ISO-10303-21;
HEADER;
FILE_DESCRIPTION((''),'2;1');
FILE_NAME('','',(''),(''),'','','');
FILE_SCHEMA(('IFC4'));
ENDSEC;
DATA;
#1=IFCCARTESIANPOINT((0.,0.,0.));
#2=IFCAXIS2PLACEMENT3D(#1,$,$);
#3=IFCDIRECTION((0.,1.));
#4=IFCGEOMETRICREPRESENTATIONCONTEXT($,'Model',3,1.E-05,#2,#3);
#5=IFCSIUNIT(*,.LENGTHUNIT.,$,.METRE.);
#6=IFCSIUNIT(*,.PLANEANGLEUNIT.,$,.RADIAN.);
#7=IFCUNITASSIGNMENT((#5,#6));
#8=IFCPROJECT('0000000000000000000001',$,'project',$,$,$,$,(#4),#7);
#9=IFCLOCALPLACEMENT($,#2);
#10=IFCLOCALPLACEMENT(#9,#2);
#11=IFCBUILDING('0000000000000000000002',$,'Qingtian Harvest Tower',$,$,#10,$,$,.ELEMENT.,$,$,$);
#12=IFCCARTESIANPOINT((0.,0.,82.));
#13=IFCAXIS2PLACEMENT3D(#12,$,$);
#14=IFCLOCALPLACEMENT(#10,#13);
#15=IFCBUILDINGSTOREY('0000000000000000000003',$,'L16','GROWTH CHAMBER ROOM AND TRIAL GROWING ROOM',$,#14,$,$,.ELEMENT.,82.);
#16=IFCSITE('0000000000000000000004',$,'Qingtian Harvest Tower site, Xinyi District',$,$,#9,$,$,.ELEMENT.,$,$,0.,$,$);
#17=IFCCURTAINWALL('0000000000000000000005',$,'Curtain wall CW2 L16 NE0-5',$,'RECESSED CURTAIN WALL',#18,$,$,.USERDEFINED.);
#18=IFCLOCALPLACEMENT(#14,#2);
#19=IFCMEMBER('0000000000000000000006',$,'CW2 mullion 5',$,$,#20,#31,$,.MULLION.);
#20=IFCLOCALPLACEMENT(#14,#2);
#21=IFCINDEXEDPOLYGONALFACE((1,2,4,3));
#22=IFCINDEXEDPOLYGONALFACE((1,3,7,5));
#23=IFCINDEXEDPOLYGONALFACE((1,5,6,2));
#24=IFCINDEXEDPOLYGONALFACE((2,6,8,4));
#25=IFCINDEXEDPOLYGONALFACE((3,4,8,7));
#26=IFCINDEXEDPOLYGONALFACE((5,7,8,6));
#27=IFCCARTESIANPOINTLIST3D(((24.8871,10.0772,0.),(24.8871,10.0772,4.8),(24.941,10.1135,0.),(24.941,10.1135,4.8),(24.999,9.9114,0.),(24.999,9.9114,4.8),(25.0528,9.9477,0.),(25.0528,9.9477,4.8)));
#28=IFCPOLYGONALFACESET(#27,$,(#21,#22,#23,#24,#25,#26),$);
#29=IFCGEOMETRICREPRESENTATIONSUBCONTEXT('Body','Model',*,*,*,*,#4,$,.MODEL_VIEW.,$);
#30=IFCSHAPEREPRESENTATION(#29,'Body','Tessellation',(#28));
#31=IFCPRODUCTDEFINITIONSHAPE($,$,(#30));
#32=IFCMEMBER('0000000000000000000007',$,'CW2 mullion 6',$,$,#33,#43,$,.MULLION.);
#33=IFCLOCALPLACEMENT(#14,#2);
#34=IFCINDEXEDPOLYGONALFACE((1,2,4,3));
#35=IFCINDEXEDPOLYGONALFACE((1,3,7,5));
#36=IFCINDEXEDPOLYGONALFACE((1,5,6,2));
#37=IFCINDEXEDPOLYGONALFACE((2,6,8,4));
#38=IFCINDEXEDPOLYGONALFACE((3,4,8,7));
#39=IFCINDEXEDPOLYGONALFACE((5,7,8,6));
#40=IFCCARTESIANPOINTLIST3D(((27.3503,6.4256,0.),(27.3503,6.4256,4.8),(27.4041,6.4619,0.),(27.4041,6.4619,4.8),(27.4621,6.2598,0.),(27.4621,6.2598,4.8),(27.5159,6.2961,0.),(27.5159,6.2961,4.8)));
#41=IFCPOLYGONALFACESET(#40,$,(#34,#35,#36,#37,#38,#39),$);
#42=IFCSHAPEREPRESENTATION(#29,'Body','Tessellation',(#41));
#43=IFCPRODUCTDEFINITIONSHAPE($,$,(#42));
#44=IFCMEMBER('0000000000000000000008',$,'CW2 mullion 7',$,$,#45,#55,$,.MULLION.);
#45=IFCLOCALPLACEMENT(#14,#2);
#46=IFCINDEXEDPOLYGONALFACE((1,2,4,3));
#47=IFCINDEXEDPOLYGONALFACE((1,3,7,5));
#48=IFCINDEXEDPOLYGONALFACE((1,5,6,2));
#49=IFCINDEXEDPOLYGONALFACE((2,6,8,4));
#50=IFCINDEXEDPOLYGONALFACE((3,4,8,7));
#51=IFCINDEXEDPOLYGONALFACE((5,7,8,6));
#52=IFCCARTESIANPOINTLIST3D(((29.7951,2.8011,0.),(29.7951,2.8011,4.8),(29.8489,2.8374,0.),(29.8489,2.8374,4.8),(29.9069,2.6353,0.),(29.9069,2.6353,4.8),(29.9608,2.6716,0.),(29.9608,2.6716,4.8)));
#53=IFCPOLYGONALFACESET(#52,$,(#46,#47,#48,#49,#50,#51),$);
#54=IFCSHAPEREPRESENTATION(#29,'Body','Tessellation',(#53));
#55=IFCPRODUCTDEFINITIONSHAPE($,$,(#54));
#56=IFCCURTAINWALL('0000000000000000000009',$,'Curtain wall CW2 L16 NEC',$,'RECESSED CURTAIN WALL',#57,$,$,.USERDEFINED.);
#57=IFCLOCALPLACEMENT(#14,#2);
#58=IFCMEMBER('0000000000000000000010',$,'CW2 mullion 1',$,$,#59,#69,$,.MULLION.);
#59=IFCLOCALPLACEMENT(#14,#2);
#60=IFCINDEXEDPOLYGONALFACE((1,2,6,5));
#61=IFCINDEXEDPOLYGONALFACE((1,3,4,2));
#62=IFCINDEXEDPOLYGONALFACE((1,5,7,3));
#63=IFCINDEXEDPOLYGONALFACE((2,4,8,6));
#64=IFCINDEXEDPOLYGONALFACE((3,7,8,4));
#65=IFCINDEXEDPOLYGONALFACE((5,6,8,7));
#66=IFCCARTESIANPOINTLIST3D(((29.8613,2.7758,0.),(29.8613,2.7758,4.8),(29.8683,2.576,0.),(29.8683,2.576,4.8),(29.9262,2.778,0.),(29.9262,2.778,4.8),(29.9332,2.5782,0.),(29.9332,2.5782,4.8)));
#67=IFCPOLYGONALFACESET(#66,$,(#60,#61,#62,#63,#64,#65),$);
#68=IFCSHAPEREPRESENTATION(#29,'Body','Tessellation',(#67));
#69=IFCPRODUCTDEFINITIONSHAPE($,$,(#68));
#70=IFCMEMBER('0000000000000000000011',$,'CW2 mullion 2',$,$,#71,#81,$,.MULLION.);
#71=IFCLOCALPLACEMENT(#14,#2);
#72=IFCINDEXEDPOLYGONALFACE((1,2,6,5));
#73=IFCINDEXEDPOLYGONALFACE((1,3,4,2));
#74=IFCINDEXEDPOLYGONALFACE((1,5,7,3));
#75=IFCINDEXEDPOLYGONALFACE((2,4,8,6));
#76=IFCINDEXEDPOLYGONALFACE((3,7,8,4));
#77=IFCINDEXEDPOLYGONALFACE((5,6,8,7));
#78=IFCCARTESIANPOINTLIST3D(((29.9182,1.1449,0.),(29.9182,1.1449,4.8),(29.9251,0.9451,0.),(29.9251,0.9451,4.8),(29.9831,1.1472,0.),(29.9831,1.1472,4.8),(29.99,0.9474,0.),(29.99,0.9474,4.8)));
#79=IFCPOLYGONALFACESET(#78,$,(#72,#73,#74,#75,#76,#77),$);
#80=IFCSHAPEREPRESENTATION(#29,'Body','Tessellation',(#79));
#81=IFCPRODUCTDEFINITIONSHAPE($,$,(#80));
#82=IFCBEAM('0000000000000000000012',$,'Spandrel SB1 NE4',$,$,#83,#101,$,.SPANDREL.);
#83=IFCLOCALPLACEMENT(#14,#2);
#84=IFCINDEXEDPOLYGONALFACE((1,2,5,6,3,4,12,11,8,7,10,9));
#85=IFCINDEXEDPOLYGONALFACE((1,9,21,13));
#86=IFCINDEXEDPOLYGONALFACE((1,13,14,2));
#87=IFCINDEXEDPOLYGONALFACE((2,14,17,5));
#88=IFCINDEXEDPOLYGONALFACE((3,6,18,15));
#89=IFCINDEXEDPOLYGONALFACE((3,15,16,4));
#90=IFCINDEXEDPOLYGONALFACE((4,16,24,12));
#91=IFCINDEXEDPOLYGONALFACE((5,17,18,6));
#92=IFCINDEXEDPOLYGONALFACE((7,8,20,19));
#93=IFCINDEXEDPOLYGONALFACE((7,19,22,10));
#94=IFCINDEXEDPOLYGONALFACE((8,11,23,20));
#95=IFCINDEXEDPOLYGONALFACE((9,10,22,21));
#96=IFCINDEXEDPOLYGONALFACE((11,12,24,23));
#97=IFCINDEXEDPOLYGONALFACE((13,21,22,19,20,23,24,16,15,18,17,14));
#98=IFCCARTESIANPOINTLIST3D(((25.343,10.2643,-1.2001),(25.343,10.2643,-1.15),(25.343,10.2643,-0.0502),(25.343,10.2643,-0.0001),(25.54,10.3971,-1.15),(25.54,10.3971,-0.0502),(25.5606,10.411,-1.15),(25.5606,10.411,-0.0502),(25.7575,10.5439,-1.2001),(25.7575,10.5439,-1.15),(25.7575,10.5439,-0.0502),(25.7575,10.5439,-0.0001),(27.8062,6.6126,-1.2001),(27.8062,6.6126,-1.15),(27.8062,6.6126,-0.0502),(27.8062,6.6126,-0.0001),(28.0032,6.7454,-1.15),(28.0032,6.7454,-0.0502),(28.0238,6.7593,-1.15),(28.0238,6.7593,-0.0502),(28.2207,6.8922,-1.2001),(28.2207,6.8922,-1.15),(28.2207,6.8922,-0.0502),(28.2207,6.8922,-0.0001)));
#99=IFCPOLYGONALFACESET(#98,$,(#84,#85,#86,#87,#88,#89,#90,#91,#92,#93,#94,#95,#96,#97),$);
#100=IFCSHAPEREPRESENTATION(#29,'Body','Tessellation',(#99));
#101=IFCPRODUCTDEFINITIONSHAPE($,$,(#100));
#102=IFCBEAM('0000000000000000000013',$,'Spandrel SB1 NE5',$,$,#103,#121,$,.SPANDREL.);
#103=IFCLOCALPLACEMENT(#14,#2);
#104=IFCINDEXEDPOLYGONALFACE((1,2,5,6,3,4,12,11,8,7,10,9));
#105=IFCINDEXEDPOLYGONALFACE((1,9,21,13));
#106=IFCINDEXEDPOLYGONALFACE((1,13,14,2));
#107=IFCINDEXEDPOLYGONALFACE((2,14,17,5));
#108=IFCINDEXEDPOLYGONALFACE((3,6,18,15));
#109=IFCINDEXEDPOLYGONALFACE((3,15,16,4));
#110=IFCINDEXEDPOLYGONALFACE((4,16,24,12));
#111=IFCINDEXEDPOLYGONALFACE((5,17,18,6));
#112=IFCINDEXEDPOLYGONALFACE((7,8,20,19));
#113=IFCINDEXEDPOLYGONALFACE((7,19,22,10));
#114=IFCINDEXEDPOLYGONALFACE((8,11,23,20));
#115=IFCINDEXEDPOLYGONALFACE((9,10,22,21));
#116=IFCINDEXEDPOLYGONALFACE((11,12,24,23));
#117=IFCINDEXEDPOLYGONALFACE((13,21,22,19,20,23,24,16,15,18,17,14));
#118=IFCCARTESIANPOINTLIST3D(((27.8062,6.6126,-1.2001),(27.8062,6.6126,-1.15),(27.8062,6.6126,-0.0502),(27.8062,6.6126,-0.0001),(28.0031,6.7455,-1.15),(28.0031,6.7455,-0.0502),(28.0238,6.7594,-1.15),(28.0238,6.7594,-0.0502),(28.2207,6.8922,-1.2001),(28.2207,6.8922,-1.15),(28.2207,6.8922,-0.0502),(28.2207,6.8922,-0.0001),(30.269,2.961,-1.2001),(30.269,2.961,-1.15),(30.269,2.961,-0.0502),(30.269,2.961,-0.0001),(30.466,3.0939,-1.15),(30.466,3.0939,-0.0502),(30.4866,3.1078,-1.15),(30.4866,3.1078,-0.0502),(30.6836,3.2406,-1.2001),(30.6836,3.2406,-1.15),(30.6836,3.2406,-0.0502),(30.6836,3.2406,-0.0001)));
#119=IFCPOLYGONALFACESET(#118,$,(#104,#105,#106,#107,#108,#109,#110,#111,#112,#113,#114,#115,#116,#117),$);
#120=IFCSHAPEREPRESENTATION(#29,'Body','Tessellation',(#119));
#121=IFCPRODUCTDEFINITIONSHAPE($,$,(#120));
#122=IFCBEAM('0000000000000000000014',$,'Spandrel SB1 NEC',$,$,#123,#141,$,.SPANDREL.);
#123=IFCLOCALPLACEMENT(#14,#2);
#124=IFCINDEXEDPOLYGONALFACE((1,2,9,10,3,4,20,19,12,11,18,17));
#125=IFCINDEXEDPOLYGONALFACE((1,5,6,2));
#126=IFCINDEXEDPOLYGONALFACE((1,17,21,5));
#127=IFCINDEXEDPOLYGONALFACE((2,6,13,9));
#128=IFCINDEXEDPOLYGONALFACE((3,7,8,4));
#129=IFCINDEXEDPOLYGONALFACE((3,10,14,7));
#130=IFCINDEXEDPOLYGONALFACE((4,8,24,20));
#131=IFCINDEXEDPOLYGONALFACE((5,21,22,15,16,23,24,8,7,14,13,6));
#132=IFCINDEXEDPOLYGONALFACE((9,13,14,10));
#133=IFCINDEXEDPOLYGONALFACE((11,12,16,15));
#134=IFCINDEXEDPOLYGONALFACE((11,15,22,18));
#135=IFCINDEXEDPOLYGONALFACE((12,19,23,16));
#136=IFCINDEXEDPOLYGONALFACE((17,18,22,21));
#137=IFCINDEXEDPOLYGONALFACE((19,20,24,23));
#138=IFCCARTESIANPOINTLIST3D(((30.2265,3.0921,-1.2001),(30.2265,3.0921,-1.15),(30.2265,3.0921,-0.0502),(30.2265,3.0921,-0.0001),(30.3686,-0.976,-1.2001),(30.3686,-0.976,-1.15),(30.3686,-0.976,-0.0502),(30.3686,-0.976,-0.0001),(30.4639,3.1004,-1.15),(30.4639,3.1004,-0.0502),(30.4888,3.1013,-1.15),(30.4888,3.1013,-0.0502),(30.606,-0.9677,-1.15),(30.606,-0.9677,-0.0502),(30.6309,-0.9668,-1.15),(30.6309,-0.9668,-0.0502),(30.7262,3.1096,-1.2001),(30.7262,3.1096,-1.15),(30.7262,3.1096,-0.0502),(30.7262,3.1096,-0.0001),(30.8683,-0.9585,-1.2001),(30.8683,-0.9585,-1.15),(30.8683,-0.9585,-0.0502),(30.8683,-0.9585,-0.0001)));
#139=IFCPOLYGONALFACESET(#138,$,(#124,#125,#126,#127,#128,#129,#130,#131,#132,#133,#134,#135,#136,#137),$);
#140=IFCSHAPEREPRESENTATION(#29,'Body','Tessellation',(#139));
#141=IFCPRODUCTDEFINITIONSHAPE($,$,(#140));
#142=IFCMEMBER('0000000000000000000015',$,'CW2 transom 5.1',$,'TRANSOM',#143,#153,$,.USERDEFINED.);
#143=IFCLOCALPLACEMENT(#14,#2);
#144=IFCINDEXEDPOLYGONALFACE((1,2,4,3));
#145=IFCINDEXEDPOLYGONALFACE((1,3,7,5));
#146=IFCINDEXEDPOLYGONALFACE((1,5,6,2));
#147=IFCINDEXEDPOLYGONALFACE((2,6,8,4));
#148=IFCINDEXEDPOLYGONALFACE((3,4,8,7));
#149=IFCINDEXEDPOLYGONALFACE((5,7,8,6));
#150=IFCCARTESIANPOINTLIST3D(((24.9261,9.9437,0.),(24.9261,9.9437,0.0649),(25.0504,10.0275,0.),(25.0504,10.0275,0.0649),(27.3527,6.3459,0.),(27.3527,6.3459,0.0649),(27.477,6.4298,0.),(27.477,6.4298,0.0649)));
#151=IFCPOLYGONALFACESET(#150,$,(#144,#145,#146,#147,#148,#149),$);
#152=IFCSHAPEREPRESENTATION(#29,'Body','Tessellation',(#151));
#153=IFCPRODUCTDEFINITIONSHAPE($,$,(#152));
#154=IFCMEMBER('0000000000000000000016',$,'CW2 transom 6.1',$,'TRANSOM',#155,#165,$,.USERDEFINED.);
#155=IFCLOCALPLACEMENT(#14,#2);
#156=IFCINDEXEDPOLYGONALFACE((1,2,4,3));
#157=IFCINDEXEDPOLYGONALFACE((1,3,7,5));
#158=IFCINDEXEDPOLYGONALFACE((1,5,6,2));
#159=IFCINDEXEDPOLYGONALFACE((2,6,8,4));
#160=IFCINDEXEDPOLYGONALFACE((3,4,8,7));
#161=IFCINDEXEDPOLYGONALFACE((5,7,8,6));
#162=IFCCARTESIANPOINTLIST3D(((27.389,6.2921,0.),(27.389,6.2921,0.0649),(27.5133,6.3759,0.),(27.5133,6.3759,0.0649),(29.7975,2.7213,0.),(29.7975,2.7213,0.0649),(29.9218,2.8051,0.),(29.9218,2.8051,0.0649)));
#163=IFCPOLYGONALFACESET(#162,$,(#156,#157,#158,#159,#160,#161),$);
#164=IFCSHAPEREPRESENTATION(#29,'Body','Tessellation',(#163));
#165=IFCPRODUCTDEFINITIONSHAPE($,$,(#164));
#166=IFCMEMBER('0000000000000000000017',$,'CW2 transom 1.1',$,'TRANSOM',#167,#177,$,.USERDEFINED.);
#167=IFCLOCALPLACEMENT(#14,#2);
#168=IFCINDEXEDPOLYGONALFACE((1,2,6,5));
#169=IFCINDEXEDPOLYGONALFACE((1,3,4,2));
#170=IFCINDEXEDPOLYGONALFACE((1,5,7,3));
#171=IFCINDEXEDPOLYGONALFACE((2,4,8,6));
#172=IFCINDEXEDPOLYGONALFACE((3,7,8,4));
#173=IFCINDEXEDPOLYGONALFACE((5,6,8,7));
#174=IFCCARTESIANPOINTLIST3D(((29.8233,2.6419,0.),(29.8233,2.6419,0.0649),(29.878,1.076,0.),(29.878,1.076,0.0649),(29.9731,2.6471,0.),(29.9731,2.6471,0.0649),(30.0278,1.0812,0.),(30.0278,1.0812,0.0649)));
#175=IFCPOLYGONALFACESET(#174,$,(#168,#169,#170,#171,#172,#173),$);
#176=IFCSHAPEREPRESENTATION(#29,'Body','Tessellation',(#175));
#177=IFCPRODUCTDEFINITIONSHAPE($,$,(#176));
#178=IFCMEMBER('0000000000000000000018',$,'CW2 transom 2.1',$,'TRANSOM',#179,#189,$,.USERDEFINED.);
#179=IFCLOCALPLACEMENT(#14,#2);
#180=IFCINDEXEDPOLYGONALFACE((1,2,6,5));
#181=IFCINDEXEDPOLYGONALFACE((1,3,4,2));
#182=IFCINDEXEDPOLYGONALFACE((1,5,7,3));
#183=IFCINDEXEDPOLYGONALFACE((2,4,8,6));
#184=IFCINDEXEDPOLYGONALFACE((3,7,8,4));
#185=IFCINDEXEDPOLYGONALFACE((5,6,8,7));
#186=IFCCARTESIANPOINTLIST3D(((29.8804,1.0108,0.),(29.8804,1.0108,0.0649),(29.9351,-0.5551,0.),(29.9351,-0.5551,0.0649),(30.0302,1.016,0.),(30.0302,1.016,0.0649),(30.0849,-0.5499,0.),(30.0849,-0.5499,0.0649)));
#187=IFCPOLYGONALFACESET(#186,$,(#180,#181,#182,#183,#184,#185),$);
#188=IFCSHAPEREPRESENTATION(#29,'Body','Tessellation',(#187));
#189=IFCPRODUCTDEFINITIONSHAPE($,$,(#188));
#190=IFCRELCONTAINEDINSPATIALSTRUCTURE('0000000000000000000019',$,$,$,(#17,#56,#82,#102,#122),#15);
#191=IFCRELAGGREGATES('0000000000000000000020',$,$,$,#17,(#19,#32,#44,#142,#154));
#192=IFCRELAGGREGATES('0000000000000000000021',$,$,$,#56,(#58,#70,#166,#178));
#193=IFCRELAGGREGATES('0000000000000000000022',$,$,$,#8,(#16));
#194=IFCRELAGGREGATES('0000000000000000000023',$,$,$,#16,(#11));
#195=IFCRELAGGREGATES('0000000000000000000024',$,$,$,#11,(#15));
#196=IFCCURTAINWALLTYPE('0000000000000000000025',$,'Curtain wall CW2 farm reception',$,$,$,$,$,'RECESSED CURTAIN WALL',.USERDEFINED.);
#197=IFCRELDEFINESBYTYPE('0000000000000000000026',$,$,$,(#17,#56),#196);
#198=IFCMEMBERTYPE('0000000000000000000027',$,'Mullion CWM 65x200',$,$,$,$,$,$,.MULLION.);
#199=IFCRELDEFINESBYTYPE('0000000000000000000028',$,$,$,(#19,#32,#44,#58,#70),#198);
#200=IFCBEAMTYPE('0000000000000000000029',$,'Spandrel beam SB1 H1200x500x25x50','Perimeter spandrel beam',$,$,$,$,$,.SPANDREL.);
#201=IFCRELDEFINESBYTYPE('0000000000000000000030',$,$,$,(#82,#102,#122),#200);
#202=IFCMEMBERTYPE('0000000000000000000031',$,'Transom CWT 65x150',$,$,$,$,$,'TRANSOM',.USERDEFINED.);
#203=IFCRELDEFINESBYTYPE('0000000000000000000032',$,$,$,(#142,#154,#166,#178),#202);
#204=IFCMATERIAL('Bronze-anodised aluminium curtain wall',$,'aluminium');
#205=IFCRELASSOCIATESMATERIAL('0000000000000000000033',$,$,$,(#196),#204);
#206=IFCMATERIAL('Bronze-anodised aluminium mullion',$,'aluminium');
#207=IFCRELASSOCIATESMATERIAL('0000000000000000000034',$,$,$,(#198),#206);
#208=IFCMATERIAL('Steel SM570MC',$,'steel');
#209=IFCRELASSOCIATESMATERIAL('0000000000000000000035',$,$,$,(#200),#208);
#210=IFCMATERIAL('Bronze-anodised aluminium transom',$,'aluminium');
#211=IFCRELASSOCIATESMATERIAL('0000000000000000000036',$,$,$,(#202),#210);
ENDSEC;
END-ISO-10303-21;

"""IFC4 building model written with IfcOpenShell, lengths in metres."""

from ifc_helpers import new_model, si_unit, direction, frame, origin, origin_2d, place, context, subcontext, project, spatial, rectangle, i_section, extrude, material, material_profile, profile_set, type_object, element, aggregate, save


model = new_model("IFC4")

# Units and contexts
model_context = context("Model", 3, precision=1e-05, world=origin(), true_north=direction((0.0, 1.0)))
body_context = subcontext(model_context, "Body", "Model", "MODEL_VIEW")
ifc_project = project(units=[si_unit("LENGTHUNIT", "METRE"), si_unit("PLANEANGLEUNIT", "RADIAN")], contexts=[model_context])

# Site, building, storey
site_placement = place(None, origin())
site = spatial("IfcSite", under=ifc_project, at=site_placement, Name="Qingtian Harvest Tower site, Xinyi District", CompositionType="ELEMENT", RefElevation=0.0)
building_placement = place(site_placement, origin())
building = spatial("IfcBuilding", under=site, at=building_placement, Name="Qingtian Harvest Tower", CompositionType="ELEMENT")
storey_placement = place(building_placement, frame((0.0, 0.0, 82.0)))
storey = spatial("IfcBuildingStorey", under=building, at=storey_placement, Name="L16", Description="GROWTH CHAMBER ROOM AND TRIAL GROWING ROOM", CompositionType="ELEMENT", Elevation=82.0)

# Curtain walls, members
ifc_material_1 = material(Name="Bronze-anodised aluminium curtain wall", Category="aluminium")
curtain_wall_type = type_object("IfcCurtainWallType", Name="Curtain wall CW2 farm reception", ElementType="RECESSED CURTAIN WALL", PredefinedType="USERDEFINED", material=ifc_material_1)
curtain_wall_1_placement = place(storey_placement, origin())
curtain_wall_1 = element("IfcCurtainWall", 1, at=curtain_wall_1_placement, inside=storey, type_object=curtain_wall_type, Name="Curtain wall CW2 L16 NE0-5", ObjectType="RECESSED CURTAIN WALL", PredefinedType="USERDEFINED")
ifc_material_2 = material(Name="Bronze-anodised aluminium mullion", Category="aluminium")
ifc_material_profile_1 = material_profile(ifc_material_2, rectangle(XDim=0.0649, YDim=0.2, at=origin_2d()), Name="AL 65x200")
ifc_profile_set_1 = profile_set([ifc_material_profile_1], Name="Bronze-anodised aluminium mullion")
member_type_1 = type_object("IfcMemberType", Name="Mullion CWM 65x200", PredefinedType="MULLION", material=ifc_profile_set_1)
member_1_placement = place(storey_placement, frame((24.97, 10.0125, 0.0), z_axis=(0.0, 0.0, 1.0), x_axis=(0.829038, 0.559193, 0.0)))
member_1 = element("IfcMember", 2, at=member_1_placement, type_object=member_type_1, Name="CW2 mullion 5", PredefinedType="MULLION", context=body_context, shape_type="SweptSolid", body=[
    extrude(rectangle(XDim=0.0649, YDim=0.2, at=origin_2d()), origin(), (0.0, 0.0, 1.0), 4.8),
])
member_2_placement = place(storey_placement, frame((27.4331, 6.3608, 0.0), z_axis=(0.0, 0.0, 1.0), x_axis=(0.829038, 0.559193, 0.0)))
member_2 = element("IfcMember", 3, at=member_2_placement, type_object=member_type_1, Name="CW2 mullion 6", PredefinedType="MULLION", context=body_context, shape_type="SweptSolid", body=[
    extrude(rectangle(XDim=0.0649, YDim=0.2, at=origin_2d()), origin(), (0.0, 0.0, 1.0), 4.8),
])
member_3_placement = place(storey_placement, frame((29.8779, 2.7363, 0.0), z_axis=(0.0, 0.0, 1.0), x_axis=(0.829038, 0.559193, 0.0)))
member_3 = element("IfcMember", 4, at=member_3_placement, type_object=member_type_1, Name="CW2 mullion 7", PredefinedType="MULLION", context=body_context, shape_type="SweptSolid", body=[
    extrude(rectangle(XDim=0.0649, YDim=0.2, at=origin_2d()), origin(), (0.0, 0.0, 1.0), 4.8),
])
curtain_wall_2_placement = place(storey_placement, origin())
curtain_wall_2 = element("IfcCurtainWall", 5, at=curtain_wall_2_placement, inside=storey, type_object=curtain_wall_type, Name="Curtain wall CW2 L16 NEC", ObjectType="RECESSED CURTAIN WALL", PredefinedType="USERDEFINED")
member_4_placement = place(storey_placement, frame((29.8972, 2.677, 0.0), z_axis=(0.0, 0.0, 1.0), x_axis=(0.999391, 0.034899, 0.0)))
member_4 = element("IfcMember", 6, at=member_4_placement, type_object=member_type_1, Name="CW2 mullion 1", PredefinedType="MULLION", context=body_context, shape_type="SweptSolid", body=[
    extrude(rectangle(XDim=0.0649, YDim=0.2, at=origin_2d()), origin(), (0.0, 0.0, 1.0), 4.8),
])
member_5_placement = place(storey_placement, frame((29.9541, 1.0461, 0.0), z_axis=(0.0, 0.0, 1.0), x_axis=(0.999391, 0.034899, 0.0)))
member_5 = element("IfcMember", 7, at=member_5_placement, type_object=member_type_1, Name="CW2 mullion 2", PredefinedType="MULLION", context=body_context, shape_type="SweptSolid", body=[
    extrude(rectangle(XDim=0.0649, YDim=0.2, at=origin_2d()), origin(), (0.0, 0.0, 1.0), 4.8),
])

# Beams
ifc_material_3 = material(Name="Steel SM570MC", Category="steel")
ifc_material_profile_2 = material_profile(ifc_material_3, i_section(OverallWidth=0.5, OverallDepth=1.2, WebThickness=0.0249, FlangeThickness=0.05, at=origin_2d()), Name="H1200x500x25x50")
ifc_profile_set_2 = profile_set([ifc_material_profile_2], Name="Steel SM570MC")
beam_type_1 = type_object("IfcBeamType", Name="Spandrel beam SB1 H1200x500x25x50", Description="Perimeter spandrel beam", PredefinedType="SPANDREL", material=ifc_profile_set_2)
beam_1_placement = place(storey_placement, frame((25.5503, 10.4041, -0.6001), z_axis=(0.559207, -0.829028, 0.0), x_axis=(0.829028, 0.559207, 0.0)))
element("IfcBeam", 8, at=beam_1_placement, inside=storey, type_object=beam_type_1, Name="Spandrel SB1 NE4", PredefinedType="SPANDREL", context=body_context, shape_type="SweptSolid", body=[
    extrude(i_section(OverallWidth=0.5, OverallDepth=1.2, WebThickness=0.0249, FlangeThickness=0.05, at=origin_2d()), origin(), (0.0, 0.0, 1.0), 4.4048),
])
beam_2_placement = place(storey_placement, frame((28.0134, 6.7524, -0.6001), z_axis=(0.559169, -0.829054, 0.0), x_axis=(0.829054, 0.559169, 0.0)))
element("IfcBeam", 9, at=beam_2_placement, inside=storey, type_object=beam_type_1, Name="Spandrel SB1 NE5", PredefinedType="SPANDREL", context=body_context, shape_type="SweptSolid", body=[
    extrude(i_section(OverallWidth=0.5, OverallDepth=1.2, WebThickness=0.0249, FlangeThickness=0.05, at=origin_2d()), origin(), (0.0, 0.0, 1.0), 4.4045),
])
beam_3_placement = place(storey_placement, frame((30.4763, 3.1008, -0.6001), z_axis=(0.034906, -0.999391, 0.0), x_axis=(0.999391, 0.034906, 0.0)))
element("IfcBeam", 10, at=beam_3_placement, inside=storey, type_object=beam_type_1, Name="Spandrel SB1 NEC", PredefinedType="SPANDREL", context=body_context, shape_type="SweptSolid", body=[
    extrude(i_section(OverallWidth=0.5, OverallDepth=1.2, WebThickness=0.0249, FlangeThickness=0.05, at=origin_2d()), origin(), (0.0, 0.0, 1.0), 4.0706),
])

# Members
ifc_material_4 = material(Name="Bronze-anodised aluminium transom", Category="aluminium")
ifc_material_profile_3 = material_profile(ifc_material_4, rectangle(XDim=0.1499, YDim=0.0649, at=origin_2d()), Name="AL 65x150")
ifc_profile_set_3 = profile_set([ifc_material_profile_3], Name="Bronze-anodised aluminium transom")
member_type_2 = type_object("IfcMemberType", Name="Transom CWT 65x150", ElementType="TRANSOM", PredefinedType="USERDEFINED", material=ifc_profile_set_3)
member_6_placement = place(storey_placement, frame((24.9883, 9.9856, 0.0325), z_axis=(0.559171, -0.829052, 0.0), x_axis=(0.829052, 0.559171, 0.0)))
member_6 = element("IfcMember", 11, at=member_6_placement, type_object=member_type_2, Name="CW2 transom 5.1", ObjectType="TRANSOM", PredefinedType="USERDEFINED", context=body_context, shape_type="SweptSolid", body=[
    extrude(rectangle(XDim=0.1499, YDim=0.0649, at=origin_2d()), origin(), (0.0, 0.0, 1.0), 4.3396),
])
member_7_placement = place(storey_placement, frame((27.4512, 6.334, 0.0325), z_axis=(0.559179, -0.829047, 0.0), x_axis=(0.829047, 0.559179, 0.0)))
member_7 = element("IfcMember", 12, at=member_7_placement, type_object=member_type_2, Name="CW2 transom 6.1", ObjectType="TRANSOM", PredefinedType="USERDEFINED", context=body_context, shape_type="SweptSolid", body=[
    extrude(rectangle(XDim=0.1499, YDim=0.0649, at=origin_2d()), origin(), (0.0, 0.0, 1.0), 4.3071),
])
member_8_placement = place(storey_placement, frame((29.8982, 2.6445, 0.0325), z_axis=(0.034902, -0.999391, 0.0), x_axis=(0.999391, 0.034902, 0.0)))
member_8 = element("IfcMember", 13, at=member_8_placement, type_object=member_type_2, Name="CW2 transom 1.1", ObjectType="TRANSOM", PredefinedType="USERDEFINED", context=body_context, shape_type="SweptSolid", body=[
    extrude(rectangle(XDim=0.1499, YDim=0.0649, at=origin_2d()), origin(), (0.0, 0.0, 1.0), 1.5669),
])
member_9_placement = place(storey_placement, frame((29.9553, 1.0134, 0.0325), z_axis=(0.034902, -0.999391, 0.0), x_axis=(0.999391, 0.034902, 0.0)))
member_9 = element("IfcMember", 14, at=member_9_placement, type_object=member_type_2, Name="CW2 transom 2.1", ObjectType="TRANSOM", PredefinedType="USERDEFINED", context=body_context, shape_type="SweptSolid", body=[
    extrude(rectangle(XDim=0.1499, YDim=0.0649, at=origin_2d()), origin(), (0.0, 0.0, 1.0), 1.5669),
])

aggregate(curtain_wall_1, [member_1, member_2, member_3, member_6, member_7])
aggregate(curtain_wall_2, [member_4, member_5, member_8, member_9])

save(model, "model.ifc")
